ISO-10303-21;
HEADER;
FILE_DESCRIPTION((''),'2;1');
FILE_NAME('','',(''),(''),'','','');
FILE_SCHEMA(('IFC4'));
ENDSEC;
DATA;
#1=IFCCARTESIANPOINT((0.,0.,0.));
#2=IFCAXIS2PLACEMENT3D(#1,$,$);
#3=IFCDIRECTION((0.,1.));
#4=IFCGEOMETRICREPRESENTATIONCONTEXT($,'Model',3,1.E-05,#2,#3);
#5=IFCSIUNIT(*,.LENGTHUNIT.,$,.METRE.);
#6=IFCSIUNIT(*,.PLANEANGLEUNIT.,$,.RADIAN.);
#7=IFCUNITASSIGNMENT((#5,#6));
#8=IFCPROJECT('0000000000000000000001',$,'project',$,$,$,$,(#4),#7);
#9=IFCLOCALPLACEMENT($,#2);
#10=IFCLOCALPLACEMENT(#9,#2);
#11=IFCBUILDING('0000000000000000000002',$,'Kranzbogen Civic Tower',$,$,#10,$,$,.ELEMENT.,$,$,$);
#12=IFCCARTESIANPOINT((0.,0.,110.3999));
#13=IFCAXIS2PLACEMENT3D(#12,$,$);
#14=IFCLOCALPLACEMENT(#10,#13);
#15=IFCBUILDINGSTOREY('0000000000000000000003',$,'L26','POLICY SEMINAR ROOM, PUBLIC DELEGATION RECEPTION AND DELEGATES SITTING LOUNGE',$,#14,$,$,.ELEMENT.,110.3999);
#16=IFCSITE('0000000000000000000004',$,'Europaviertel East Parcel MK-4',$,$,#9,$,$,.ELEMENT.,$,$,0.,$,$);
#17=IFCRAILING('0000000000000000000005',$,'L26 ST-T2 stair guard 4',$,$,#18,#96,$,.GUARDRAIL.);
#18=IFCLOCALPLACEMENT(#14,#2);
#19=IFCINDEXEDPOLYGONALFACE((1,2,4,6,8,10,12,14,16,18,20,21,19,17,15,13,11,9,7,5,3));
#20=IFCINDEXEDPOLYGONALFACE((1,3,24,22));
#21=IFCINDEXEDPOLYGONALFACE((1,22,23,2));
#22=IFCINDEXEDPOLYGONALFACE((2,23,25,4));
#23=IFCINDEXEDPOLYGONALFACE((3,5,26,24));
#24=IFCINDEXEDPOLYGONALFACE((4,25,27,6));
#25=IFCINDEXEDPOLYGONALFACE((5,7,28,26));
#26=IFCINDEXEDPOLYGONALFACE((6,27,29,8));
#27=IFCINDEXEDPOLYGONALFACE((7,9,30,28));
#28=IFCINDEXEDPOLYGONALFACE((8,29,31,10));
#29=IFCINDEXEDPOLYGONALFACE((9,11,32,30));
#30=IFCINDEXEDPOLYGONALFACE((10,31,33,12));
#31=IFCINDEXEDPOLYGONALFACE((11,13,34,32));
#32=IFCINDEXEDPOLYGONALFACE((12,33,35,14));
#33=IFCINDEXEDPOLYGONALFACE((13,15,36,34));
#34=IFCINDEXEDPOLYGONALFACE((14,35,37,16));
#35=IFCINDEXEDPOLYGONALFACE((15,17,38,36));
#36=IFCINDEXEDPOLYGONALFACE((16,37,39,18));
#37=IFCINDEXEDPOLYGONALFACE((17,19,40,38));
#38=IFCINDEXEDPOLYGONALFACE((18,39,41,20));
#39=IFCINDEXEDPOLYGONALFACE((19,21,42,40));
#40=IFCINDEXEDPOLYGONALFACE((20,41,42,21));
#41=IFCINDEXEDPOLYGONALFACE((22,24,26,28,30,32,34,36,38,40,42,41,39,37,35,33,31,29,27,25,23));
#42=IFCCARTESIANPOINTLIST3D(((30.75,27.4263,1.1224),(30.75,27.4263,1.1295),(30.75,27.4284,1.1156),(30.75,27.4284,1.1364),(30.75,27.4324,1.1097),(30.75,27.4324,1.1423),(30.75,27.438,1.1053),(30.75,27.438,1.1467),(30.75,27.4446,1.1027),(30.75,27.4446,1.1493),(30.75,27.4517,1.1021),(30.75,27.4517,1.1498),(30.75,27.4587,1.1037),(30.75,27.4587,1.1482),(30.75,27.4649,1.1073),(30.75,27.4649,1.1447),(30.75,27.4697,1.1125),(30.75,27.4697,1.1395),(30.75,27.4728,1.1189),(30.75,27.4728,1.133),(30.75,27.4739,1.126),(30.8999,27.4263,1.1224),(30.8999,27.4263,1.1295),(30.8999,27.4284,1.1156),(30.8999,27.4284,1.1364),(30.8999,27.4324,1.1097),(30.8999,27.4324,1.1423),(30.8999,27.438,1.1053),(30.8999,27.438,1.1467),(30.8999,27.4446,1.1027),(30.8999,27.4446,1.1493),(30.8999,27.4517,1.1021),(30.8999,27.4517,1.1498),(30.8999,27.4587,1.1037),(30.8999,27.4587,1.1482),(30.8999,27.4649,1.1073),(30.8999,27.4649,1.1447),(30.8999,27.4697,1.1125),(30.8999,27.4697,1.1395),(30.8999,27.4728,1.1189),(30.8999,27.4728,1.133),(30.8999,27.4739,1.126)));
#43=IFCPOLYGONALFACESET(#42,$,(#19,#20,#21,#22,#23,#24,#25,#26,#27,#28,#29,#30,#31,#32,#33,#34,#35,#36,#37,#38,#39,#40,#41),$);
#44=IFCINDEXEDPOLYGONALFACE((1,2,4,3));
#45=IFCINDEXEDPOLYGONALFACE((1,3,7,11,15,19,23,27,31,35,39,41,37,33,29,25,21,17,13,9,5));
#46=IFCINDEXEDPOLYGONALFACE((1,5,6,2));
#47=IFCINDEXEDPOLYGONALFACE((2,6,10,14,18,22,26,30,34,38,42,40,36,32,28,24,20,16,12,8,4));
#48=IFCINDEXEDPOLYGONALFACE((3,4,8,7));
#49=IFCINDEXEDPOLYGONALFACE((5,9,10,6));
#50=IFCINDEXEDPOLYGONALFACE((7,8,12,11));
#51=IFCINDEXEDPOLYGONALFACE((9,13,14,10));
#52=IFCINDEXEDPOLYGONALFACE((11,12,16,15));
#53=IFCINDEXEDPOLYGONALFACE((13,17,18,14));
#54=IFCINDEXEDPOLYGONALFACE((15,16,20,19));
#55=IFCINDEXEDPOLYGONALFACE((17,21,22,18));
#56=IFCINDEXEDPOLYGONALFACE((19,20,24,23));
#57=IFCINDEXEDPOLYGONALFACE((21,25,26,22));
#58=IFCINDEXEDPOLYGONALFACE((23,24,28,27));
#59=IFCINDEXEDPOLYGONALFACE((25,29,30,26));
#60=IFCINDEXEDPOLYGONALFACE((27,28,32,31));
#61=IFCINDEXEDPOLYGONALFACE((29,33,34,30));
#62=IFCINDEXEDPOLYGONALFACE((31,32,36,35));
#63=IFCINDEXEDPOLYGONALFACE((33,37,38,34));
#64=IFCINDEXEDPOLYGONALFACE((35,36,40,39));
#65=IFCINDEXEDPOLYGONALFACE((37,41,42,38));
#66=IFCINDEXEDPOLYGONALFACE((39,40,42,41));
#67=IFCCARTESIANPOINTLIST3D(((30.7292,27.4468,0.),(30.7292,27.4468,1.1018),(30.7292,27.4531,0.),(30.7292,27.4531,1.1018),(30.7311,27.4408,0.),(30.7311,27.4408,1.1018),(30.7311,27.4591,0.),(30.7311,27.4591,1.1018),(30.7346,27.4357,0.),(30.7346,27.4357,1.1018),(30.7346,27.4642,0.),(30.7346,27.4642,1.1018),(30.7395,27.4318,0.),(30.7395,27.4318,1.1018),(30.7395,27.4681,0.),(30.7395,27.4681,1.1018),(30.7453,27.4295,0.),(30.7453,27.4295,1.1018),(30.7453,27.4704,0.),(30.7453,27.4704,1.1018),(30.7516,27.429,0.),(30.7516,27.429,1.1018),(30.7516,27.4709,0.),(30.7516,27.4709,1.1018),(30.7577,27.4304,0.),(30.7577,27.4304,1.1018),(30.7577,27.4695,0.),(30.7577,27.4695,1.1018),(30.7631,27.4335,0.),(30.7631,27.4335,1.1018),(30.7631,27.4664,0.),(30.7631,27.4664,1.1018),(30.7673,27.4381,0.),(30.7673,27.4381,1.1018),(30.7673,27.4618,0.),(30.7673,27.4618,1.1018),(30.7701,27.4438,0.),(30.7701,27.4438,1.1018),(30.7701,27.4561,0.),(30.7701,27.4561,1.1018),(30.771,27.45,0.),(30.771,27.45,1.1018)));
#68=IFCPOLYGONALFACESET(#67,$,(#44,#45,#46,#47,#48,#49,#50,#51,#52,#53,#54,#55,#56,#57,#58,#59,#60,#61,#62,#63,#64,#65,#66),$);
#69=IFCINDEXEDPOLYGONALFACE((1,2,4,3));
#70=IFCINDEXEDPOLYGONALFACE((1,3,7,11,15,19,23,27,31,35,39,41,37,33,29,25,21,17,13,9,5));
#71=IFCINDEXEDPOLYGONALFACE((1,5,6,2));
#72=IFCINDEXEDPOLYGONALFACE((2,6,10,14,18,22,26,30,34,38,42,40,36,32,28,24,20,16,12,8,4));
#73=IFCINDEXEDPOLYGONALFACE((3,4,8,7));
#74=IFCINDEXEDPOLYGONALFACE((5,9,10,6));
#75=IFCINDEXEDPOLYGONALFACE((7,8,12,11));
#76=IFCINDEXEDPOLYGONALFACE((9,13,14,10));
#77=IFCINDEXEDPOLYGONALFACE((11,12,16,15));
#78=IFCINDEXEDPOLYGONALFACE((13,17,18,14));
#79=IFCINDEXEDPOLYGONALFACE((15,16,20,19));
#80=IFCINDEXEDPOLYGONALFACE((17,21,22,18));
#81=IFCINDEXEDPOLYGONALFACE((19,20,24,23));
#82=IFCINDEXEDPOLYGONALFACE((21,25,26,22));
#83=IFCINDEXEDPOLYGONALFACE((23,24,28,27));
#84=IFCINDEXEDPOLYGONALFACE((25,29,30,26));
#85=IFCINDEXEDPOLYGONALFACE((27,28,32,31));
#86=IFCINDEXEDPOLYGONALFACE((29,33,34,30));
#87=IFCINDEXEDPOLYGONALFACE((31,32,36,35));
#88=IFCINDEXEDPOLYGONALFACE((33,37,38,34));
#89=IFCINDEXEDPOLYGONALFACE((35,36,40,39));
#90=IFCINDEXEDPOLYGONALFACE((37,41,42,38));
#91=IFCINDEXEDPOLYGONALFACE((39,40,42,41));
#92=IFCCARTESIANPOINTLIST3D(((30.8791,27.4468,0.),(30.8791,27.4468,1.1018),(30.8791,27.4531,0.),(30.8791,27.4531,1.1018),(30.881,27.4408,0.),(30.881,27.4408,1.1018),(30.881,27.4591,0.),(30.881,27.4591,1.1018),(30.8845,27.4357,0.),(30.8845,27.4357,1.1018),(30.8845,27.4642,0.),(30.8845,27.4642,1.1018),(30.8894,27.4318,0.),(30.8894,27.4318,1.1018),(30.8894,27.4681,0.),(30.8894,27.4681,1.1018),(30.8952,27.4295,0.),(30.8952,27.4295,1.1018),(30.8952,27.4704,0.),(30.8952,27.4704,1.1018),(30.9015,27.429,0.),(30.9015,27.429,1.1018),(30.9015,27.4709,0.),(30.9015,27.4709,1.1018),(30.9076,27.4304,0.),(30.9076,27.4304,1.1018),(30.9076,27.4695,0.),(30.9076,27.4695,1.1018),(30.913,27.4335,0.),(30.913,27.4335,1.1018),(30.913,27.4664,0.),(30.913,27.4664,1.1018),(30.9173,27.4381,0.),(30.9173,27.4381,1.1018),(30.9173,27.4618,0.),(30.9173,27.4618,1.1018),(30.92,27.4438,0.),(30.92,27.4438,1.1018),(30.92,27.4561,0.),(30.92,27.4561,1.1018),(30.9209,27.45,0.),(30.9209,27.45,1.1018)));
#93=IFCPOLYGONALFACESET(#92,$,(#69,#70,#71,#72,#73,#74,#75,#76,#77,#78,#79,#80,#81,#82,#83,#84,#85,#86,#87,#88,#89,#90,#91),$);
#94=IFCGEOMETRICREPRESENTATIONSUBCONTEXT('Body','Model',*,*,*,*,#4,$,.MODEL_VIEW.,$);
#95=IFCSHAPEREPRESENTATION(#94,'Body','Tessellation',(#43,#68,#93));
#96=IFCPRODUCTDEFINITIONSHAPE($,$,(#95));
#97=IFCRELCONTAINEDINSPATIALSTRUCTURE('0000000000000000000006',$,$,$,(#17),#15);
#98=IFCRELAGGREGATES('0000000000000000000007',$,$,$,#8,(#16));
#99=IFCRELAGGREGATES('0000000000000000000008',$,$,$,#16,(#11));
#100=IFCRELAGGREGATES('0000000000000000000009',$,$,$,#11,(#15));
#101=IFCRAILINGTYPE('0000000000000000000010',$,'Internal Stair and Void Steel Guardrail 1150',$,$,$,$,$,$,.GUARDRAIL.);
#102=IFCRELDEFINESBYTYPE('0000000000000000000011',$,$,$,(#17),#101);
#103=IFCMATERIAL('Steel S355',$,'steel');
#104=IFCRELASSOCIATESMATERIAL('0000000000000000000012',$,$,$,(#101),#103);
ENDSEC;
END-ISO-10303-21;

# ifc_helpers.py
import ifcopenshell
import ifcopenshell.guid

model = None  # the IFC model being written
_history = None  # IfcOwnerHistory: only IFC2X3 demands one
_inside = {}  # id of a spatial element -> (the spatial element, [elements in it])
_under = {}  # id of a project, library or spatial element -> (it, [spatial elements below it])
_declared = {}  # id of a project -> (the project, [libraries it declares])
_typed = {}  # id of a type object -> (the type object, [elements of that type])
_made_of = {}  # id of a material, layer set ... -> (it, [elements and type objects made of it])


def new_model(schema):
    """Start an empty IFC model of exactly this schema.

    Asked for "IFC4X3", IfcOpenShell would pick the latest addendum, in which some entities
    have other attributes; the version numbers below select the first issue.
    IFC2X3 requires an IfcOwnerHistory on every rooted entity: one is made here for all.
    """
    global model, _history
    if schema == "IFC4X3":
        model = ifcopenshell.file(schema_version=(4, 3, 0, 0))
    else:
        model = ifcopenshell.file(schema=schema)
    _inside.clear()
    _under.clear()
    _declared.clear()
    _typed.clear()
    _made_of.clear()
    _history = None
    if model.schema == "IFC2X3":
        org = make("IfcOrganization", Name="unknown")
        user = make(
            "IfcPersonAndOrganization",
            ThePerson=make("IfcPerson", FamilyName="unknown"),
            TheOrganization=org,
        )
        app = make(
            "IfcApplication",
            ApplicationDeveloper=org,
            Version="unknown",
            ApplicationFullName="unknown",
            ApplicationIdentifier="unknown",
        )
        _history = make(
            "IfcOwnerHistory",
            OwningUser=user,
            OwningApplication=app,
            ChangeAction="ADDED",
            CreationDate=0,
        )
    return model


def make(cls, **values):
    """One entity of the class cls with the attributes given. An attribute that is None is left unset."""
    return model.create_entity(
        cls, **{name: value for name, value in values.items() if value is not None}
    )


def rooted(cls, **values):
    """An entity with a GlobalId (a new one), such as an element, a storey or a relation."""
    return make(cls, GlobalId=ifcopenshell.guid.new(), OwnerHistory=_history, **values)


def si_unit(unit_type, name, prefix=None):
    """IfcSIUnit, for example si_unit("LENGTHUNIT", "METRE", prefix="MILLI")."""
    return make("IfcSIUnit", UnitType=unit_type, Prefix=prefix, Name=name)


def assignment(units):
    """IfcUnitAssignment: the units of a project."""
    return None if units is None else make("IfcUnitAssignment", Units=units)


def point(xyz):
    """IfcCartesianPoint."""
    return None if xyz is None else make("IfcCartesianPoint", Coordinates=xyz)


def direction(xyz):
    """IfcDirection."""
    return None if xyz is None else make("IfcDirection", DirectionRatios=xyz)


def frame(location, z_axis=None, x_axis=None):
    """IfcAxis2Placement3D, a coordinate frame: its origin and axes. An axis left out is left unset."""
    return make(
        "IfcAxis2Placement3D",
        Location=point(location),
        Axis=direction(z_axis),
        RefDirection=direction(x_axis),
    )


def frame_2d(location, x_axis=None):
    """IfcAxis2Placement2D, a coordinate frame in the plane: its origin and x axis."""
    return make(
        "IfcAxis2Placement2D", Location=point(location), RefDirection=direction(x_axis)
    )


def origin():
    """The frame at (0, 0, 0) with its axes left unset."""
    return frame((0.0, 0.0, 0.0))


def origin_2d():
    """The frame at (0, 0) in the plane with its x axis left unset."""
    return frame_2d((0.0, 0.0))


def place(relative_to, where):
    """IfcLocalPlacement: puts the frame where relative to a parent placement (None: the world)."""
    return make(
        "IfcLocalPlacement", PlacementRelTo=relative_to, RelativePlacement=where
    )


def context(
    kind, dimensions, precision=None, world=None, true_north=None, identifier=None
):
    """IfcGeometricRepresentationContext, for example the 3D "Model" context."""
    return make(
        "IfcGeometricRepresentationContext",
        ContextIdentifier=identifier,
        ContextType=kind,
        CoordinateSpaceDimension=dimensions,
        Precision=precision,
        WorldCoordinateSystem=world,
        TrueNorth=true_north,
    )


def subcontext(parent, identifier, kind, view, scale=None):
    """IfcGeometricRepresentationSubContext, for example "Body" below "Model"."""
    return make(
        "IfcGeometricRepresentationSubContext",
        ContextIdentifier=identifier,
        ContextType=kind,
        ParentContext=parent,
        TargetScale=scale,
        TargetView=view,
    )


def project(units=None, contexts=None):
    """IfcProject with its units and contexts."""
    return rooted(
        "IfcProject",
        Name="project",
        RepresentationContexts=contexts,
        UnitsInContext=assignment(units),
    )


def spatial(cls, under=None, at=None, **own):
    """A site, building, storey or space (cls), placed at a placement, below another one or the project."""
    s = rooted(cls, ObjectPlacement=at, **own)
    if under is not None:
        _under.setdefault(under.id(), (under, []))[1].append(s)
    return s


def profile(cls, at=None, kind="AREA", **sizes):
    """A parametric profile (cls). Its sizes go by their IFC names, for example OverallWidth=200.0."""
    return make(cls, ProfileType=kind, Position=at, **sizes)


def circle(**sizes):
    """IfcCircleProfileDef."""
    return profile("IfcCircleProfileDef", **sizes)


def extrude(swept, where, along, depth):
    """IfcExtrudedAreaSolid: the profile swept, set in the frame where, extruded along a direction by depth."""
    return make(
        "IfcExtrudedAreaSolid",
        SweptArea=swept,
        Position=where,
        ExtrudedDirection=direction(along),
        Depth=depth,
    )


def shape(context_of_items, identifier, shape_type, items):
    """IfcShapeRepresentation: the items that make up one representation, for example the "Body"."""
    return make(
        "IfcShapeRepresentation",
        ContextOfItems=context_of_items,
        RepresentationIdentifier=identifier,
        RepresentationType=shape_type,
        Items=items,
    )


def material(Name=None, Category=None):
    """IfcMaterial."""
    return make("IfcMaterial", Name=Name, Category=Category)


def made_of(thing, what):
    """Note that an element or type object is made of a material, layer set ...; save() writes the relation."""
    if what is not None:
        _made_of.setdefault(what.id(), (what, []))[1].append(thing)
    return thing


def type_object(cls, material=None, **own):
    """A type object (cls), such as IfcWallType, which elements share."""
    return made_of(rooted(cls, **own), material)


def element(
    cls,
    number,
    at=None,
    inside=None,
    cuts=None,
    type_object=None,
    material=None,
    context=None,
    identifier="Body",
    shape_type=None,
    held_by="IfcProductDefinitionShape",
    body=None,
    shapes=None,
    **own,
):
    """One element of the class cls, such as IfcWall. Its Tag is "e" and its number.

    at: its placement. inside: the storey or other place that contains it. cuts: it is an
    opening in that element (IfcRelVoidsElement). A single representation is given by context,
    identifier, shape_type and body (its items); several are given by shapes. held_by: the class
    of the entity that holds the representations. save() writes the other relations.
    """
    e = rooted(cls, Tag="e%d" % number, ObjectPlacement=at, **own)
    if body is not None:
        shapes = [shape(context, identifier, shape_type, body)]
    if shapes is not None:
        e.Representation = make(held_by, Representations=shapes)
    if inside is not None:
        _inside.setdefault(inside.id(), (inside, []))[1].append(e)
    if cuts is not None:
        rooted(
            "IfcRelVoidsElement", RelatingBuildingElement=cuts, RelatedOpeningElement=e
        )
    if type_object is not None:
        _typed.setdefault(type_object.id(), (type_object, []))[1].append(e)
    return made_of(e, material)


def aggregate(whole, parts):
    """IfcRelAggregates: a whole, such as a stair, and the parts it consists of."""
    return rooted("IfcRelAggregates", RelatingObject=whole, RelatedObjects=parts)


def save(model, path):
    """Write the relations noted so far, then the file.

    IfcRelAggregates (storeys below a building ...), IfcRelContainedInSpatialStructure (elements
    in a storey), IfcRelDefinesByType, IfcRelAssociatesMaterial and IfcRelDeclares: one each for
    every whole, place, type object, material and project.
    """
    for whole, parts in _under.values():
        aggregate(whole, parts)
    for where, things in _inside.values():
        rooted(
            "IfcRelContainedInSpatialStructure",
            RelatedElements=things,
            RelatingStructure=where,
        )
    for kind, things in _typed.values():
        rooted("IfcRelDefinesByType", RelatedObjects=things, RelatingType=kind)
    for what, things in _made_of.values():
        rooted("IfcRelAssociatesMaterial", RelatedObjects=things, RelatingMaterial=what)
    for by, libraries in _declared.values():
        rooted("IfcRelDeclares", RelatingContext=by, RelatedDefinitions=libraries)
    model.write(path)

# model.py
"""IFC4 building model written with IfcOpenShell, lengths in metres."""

from ifc_helpers import new_model, si_unit, direction, frame, origin, origin_2d, place, context, subcontext, project, spatial, circle, extrude, material, type_object, element, save


model = new_model("IFC4")

# Units and contexts
model_context = context("Model", 3, precision=1e-05, world=origin(), true_north=direction((0.0, 1.0)))
body_context = subcontext(model_context, "Body", "Model", "MODEL_VIEW")
ifc_project = project(units=[si_unit("LENGTHUNIT", "METRE"), si_unit("PLANEANGLEUNIT", "RADIAN")], contexts=[model_context])

# Site, building, storey
site_placement = place(None, origin())
site = spatial("IfcSite", under=ifc_project, at=site_placement, Name="Europaviertel East Parcel MK-4", CompositionType="ELEMENT", RefElevation=0.0)
building_placement = place(site_placement, origin())
building = spatial("IfcBuilding", under=site, at=building_placement, Name="Kranzbogen Civic Tower", CompositionType="ELEMENT")
storey_placement = place(building_placement, frame((0.0, 0.0, 110.3999)))
storey = spatial("IfcBuildingStorey", under=building, at=storey_placement, Name="L26", Description="POLICY SEMINAR ROOM, PUBLIC DELEGATION RECEPTION AND DELEGATES SITTING LOUNGE", CompositionType="ELEMENT", Elevation=110.3999)

# Shared definitions
ifc_material_1 = material(Name="Steel S355", Category="steel")

# Railing
railing_type_1 = type_object("IfcRailingType", Name="Internal Stair and Void Steel Guardrail 1150", PredefinedType="GUARDRAIL", material=ifc_material_1)
railing_1_placement = place(storey_placement, frame((30.75, 27.45, 0.0)))
element("IfcRailing", 1, at=railing_1_placement, inside=storey, type_object=railing_type_1, Name="L26 ST-T2 stair guard 4", PredefinedType="GUARDRAIL", context=body_context, shape_type="SweptSolid", body=[
    extrude(circle(Radius=0.0239, at=origin_2d()), frame((0.0, 0.0, 1.126), z_axis=(1.0, 0.0, 0.0), x_axis=(0.0, 1.0, 0.0)), (0.0, 0.0, 1.0), 0.1499),
    extrude(circle(Radius=0.021, at=origin_2d()), origin(), (0.0, 0.0, 1.0), 1.1018),
    extrude(circle(Radius=0.021, at=origin_2d()), frame((0.1499, 0.0, 0.0)), (0.0, 0.0, 1.0), 1.1018),
])

save(model, "model.ifc")
